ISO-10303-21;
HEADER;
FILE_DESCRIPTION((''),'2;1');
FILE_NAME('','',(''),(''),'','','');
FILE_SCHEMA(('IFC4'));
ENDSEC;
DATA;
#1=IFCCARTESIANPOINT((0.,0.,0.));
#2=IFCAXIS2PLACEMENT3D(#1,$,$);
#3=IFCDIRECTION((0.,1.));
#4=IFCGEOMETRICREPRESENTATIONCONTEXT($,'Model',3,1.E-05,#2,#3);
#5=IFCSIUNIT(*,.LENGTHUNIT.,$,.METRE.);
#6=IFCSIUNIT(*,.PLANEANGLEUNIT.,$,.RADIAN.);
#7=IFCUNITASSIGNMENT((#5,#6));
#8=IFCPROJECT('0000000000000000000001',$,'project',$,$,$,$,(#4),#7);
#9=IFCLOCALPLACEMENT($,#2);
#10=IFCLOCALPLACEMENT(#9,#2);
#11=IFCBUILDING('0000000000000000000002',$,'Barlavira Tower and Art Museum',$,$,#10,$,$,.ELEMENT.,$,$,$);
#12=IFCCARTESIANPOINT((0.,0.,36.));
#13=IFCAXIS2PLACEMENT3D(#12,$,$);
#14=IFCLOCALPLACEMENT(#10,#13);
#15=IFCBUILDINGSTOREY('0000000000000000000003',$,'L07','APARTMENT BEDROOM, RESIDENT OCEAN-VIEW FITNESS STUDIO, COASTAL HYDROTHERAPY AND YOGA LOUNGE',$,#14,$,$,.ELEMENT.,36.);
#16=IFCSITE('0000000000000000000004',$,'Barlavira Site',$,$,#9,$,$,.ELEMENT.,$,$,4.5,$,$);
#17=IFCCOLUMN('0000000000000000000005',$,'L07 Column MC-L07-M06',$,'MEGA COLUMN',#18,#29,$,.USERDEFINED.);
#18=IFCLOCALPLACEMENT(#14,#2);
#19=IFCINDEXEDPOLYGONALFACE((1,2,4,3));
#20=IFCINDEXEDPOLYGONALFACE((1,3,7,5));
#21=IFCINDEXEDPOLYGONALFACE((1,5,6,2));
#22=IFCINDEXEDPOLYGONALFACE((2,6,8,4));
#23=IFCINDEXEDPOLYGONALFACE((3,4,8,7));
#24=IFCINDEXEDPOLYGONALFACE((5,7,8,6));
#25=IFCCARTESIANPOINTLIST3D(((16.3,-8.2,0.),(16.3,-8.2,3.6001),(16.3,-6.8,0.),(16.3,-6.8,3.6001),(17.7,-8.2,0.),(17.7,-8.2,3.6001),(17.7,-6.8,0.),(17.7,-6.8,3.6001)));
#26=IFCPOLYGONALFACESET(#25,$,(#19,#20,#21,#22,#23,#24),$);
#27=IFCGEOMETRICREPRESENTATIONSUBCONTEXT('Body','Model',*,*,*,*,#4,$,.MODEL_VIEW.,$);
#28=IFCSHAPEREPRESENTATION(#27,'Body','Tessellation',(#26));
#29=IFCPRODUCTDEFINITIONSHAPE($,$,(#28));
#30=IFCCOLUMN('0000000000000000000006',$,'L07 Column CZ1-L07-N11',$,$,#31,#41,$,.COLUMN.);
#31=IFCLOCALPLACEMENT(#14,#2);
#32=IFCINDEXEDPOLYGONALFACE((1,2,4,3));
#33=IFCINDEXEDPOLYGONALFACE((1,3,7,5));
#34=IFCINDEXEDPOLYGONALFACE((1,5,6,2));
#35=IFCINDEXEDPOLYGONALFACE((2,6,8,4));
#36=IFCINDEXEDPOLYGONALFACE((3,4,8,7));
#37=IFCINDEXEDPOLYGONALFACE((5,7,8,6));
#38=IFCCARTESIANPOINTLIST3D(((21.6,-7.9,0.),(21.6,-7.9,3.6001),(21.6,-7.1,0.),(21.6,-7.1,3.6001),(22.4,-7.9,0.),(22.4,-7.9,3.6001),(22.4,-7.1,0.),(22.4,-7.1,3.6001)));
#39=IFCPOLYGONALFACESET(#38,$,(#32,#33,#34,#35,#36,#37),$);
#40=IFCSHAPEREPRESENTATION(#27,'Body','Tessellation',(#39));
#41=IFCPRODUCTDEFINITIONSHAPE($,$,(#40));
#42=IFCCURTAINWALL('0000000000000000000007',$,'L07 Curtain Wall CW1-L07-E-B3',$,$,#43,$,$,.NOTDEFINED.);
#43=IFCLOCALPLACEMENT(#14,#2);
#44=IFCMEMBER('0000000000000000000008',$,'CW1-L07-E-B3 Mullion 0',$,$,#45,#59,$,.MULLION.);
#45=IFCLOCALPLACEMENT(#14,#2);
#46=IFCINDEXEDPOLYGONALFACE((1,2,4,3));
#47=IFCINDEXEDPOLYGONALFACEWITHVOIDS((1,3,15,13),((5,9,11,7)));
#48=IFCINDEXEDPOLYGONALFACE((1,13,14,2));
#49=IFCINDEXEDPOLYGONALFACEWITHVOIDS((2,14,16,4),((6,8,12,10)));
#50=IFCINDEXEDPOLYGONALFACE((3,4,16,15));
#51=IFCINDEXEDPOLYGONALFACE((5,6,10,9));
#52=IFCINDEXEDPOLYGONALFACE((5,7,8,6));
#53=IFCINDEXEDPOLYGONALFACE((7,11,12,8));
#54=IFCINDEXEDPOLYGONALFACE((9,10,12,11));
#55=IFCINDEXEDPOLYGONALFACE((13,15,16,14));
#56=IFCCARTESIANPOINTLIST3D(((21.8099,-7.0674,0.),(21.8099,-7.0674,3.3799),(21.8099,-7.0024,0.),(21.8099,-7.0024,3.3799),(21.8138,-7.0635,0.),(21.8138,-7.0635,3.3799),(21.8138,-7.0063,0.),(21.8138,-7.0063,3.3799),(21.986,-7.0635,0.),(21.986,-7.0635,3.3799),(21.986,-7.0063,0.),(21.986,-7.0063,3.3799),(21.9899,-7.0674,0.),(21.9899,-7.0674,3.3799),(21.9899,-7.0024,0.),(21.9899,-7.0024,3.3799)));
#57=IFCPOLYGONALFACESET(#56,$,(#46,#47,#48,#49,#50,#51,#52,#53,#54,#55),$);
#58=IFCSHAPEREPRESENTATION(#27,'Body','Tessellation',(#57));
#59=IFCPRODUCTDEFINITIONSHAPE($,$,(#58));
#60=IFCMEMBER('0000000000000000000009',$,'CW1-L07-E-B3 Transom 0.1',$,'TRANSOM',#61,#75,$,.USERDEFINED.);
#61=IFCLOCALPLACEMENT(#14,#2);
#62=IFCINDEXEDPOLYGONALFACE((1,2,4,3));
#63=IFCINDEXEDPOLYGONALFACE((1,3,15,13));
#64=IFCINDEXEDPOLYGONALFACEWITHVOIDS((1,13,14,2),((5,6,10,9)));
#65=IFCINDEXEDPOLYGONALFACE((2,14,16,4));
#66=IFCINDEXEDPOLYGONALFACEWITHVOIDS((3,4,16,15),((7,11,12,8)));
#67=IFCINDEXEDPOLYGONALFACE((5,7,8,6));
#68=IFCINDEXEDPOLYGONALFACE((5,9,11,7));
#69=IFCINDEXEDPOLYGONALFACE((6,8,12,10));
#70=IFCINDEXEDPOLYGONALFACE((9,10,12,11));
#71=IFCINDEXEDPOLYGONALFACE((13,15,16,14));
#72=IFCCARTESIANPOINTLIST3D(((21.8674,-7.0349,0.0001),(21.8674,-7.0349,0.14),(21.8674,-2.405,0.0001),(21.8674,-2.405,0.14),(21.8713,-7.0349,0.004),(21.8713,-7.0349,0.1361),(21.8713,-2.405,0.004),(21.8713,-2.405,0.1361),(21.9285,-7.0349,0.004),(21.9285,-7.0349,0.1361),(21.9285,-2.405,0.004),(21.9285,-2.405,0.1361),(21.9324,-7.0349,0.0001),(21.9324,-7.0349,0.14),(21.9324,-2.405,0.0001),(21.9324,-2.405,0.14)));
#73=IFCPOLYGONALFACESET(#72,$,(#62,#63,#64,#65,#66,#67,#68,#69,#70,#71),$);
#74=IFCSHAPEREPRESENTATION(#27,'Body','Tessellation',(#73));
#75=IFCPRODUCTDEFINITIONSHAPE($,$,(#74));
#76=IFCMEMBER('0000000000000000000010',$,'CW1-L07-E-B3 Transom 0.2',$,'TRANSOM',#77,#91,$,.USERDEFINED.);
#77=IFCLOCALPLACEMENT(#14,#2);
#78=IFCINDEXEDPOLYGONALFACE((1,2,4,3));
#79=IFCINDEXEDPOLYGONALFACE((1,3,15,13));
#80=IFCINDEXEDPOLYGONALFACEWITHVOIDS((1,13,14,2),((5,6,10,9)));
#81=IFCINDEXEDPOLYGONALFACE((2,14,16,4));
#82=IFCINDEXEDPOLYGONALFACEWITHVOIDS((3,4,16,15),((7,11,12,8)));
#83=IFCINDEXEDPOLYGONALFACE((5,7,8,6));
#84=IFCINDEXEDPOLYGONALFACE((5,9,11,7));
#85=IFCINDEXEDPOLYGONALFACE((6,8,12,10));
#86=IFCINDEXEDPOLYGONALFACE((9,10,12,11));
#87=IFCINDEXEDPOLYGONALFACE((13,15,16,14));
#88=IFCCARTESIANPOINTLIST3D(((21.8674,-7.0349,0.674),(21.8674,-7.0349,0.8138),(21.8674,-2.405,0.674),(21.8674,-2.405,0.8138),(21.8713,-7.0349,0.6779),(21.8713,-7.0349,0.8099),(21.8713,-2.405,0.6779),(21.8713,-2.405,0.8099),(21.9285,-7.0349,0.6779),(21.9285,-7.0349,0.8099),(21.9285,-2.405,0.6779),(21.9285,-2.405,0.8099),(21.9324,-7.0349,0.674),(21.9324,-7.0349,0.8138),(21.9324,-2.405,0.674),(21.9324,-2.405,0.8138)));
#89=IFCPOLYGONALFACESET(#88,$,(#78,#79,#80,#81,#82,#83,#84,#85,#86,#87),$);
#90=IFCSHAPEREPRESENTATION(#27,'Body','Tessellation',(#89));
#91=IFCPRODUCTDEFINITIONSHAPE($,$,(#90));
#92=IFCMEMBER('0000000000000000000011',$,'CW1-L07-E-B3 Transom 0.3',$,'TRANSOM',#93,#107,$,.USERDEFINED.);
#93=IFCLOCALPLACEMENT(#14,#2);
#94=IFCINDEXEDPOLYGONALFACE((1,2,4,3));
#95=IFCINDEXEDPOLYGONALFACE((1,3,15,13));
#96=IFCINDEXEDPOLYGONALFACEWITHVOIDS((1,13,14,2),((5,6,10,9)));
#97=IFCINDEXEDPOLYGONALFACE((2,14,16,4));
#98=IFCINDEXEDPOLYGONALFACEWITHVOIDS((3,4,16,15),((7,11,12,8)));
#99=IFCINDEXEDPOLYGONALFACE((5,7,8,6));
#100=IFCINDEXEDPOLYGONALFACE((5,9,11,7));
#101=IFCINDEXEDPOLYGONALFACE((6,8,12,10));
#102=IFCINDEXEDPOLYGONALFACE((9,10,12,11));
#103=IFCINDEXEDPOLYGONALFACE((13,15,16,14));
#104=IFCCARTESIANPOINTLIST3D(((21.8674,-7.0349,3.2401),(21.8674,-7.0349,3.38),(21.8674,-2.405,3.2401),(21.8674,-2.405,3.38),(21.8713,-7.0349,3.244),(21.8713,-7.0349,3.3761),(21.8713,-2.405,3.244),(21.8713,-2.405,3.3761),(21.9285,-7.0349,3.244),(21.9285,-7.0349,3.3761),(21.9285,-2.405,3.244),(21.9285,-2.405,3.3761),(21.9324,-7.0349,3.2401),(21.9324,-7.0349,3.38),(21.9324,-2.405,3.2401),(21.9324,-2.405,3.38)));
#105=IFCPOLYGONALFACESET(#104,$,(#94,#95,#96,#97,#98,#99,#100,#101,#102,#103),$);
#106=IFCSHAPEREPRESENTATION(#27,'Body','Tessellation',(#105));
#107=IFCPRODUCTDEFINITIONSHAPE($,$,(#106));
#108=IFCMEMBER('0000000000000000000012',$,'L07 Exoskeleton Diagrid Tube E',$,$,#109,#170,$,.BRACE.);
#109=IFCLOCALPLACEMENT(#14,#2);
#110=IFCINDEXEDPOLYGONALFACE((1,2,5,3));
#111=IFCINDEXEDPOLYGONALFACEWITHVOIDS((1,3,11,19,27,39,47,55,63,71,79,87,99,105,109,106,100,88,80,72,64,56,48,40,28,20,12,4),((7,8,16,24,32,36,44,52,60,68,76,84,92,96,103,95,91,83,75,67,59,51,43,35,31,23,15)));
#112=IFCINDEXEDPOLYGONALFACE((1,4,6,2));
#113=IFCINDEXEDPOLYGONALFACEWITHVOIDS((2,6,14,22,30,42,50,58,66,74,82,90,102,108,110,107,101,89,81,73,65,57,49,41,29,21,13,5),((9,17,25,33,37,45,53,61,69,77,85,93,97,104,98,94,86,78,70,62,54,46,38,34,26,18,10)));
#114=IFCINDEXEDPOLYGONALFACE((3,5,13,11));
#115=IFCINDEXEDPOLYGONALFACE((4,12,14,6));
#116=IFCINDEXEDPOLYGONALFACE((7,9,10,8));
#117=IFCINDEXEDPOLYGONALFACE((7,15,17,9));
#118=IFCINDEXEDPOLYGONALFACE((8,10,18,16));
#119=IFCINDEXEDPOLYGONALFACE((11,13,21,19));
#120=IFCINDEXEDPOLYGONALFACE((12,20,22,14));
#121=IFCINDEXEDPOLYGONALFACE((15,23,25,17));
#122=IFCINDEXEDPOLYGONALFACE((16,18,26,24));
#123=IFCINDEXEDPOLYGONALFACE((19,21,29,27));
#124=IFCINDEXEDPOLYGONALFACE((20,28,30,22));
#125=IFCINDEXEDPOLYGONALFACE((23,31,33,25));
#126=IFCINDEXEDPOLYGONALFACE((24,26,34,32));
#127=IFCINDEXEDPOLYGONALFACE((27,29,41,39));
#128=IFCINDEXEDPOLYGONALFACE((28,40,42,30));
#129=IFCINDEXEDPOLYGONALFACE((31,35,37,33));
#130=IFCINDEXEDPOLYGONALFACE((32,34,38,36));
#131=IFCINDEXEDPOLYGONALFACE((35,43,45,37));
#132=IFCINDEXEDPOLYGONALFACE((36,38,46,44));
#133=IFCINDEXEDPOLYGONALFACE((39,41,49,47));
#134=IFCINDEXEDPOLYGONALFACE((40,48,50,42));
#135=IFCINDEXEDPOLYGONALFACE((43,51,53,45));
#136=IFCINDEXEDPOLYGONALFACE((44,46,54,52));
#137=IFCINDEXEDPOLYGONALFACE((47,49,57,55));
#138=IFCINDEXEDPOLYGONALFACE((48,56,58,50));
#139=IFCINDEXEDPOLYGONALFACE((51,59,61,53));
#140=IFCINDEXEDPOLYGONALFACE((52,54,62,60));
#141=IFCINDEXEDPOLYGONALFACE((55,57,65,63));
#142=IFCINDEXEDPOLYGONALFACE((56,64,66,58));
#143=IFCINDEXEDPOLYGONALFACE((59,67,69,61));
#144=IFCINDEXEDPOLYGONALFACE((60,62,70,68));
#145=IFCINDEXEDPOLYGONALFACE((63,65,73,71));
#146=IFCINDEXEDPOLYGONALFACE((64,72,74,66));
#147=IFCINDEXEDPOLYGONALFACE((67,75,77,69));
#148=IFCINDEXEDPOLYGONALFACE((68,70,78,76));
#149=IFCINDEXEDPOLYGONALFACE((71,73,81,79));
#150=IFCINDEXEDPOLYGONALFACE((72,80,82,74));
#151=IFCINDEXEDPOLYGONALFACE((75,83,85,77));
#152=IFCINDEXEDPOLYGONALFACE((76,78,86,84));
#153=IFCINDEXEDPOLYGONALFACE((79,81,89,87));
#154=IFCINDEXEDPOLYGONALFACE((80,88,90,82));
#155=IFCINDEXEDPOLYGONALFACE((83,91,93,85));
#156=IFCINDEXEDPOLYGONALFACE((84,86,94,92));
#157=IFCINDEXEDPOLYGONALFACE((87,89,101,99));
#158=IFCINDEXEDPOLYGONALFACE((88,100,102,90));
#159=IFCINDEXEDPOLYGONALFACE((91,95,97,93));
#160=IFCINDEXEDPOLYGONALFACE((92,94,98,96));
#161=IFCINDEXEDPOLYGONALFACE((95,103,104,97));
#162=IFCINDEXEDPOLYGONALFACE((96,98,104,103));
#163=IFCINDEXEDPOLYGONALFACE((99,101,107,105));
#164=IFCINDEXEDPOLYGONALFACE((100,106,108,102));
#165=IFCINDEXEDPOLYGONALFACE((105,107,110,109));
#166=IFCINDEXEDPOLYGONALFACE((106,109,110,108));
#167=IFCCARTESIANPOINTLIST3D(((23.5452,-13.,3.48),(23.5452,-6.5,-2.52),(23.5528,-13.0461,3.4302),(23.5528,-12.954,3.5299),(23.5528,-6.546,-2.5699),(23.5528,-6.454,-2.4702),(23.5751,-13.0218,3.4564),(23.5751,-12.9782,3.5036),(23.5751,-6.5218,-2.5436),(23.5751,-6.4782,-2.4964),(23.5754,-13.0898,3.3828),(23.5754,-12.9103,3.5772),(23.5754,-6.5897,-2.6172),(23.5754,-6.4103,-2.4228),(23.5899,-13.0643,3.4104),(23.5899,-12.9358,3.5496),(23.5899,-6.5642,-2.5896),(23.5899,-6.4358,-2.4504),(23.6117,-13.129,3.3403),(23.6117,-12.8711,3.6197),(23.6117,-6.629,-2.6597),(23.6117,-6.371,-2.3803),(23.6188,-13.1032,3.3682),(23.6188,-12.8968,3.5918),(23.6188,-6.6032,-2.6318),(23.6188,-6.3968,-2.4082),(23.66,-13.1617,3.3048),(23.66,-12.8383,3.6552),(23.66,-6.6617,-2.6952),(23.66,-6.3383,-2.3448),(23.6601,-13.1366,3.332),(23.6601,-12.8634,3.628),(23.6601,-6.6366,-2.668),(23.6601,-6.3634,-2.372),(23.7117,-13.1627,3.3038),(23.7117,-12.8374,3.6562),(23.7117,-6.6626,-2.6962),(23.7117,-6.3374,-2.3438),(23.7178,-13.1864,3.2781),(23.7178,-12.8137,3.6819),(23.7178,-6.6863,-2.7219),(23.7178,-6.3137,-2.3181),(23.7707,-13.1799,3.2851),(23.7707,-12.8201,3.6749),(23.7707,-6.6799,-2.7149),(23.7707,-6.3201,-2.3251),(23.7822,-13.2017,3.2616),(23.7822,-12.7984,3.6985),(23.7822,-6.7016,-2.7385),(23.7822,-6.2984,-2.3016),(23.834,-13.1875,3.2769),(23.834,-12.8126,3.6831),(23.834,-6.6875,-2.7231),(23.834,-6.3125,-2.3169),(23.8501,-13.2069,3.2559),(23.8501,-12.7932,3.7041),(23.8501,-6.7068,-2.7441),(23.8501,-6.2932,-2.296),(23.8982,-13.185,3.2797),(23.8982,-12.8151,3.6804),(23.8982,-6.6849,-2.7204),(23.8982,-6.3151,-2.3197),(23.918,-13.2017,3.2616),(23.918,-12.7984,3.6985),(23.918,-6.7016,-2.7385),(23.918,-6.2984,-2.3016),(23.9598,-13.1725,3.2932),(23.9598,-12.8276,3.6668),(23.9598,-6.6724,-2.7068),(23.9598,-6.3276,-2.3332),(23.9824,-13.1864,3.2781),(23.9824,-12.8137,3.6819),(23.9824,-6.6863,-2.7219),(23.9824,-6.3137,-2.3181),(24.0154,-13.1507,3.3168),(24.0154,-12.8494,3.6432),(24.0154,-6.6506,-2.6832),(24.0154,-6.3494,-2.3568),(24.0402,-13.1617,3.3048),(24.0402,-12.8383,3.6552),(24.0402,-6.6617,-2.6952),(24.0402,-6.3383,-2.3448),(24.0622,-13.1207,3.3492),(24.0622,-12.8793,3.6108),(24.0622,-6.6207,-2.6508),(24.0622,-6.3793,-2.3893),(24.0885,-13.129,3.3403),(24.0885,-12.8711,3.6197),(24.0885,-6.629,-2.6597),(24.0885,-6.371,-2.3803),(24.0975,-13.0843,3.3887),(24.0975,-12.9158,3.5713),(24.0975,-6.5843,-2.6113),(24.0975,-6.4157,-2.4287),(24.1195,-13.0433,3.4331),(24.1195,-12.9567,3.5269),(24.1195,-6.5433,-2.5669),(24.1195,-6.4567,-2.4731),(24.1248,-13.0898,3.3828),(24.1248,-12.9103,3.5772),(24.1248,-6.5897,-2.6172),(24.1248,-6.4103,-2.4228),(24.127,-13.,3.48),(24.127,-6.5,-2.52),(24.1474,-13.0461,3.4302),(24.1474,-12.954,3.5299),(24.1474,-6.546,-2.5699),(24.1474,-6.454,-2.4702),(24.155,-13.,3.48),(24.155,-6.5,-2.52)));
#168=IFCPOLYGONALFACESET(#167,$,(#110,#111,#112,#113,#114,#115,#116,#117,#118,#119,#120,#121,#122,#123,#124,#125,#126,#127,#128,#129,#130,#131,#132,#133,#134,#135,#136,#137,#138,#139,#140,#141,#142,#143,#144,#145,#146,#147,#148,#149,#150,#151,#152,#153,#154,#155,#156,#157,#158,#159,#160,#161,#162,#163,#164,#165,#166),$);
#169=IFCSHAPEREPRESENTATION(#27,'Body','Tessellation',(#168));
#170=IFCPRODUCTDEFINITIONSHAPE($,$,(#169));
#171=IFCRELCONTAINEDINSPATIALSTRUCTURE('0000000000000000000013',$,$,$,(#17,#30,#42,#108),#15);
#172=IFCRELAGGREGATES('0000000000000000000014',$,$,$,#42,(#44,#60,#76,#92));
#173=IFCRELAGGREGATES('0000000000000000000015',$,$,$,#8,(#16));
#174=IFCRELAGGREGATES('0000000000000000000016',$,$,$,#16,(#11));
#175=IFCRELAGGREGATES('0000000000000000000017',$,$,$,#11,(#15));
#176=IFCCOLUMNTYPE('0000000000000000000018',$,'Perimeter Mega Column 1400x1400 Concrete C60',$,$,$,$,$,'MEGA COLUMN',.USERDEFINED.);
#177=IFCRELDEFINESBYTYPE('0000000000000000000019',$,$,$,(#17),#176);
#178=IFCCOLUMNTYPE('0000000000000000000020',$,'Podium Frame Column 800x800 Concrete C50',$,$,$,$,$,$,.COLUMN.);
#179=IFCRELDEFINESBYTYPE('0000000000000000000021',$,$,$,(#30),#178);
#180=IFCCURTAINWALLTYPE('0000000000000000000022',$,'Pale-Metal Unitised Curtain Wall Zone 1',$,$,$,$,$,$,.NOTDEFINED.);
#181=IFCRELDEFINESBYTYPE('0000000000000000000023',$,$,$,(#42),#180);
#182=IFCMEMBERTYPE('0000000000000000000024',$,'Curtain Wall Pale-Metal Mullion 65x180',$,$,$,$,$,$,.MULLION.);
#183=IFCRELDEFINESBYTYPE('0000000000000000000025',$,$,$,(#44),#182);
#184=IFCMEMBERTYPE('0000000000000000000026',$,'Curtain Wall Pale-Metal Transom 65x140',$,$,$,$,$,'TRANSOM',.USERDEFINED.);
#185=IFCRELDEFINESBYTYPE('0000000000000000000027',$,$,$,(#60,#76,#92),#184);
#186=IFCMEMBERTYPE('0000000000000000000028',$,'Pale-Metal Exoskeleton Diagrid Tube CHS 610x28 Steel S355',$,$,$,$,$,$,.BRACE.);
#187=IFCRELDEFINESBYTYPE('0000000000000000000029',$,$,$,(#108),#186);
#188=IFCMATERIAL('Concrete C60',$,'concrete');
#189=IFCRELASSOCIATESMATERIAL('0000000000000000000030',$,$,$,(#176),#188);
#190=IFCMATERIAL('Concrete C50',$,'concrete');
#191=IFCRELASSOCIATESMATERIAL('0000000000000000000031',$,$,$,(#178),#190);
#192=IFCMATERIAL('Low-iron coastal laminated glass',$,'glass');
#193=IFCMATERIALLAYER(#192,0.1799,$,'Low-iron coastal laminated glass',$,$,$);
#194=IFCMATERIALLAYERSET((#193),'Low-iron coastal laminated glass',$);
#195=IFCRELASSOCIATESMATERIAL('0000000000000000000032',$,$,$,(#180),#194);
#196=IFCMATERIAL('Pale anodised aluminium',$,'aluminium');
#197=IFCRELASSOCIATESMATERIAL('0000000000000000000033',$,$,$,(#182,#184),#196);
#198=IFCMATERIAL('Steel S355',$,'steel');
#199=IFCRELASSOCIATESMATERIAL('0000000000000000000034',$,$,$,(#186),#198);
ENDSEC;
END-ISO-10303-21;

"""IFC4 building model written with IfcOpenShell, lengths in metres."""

from ifc_helpers import new_model, si_unit, direction, frame, origin, origin_2d, place, context, subcontext, project, spatial, rectangle, hollow_rectangle, hollow_circle, extrude, material, layer, layer_set, material_profile, profile_set, type_object, element, aggregate, save


model = new_model("IFC4")

# Units and contexts
model_context = context("Model", 3, precision=1e-05, world=origin(), true_north=direction((0.0, 1.0)))
body_context = subcontext(model_context, "Body", "Model", "MODEL_VIEW")
ifc_project = project(units=[si_unit("LENGTHUNIT", "METRE"), si_unit("PLANEANGLEUNIT", "RADIAN")], contexts=[model_context])

# Site, building, storey
site_placement = place(None, origin())
site = spatial("IfcSite", under=ifc_project, at=site_placement, Name="Barlavira Site", CompositionType="ELEMENT", RefElevation=4.5)
building_placement = place(site_placement, origin())
building = spatial("IfcBuilding", under=site, at=building_placement, Name="Barlavira Tower and Art Museum", CompositionType="ELEMENT")
storey_placement = place(building_placement, frame((0.0, 0.0, 36.0)))
storey = spatial("IfcBuildingStorey", under=building, at=storey_placement, Name="L07", Description="APARTMENT BEDROOM, RESIDENT OCEAN-VIEW FITNESS STUDIO, COASTAL HYDROTHERAPY AND YOGA LOUNGE", CompositionType="ELEMENT", Elevation=36.0)

# Columns
ifc_material_1 = material(Name="Concrete C60", Category="concrete")
ifc_material_profile_1 = material_profile(ifc_material_1, rectangle(XDim=1.3999, YDim=1.3999, at=origin_2d()), Name="RC-MCOL 1400x1400")
ifc_profile_set_1 = profile_set([ifc_material_profile_1], Name="Concrete C60")
column_type_1 = type_object("IfcColumnType", Name="Perimeter Mega Column 1400x1400 Concrete C60", ElementType="MEGA COLUMN", PredefinedType="USERDEFINED", material=ifc_profile_set_1)
column_1_placement = place(storey_placement, frame((17.0, -7.5, 0.0), z_axis=(0.0, 0.0, 1.0), x_axis=(1.0, 0.0, 0.0)))
element("IfcColumn", 1, at=column_1_placement, inside=storey, type_object=column_type_1, Name="L07 Column MC-L07-M06", ObjectType="MEGA COLUMN", PredefinedType="USERDEFINED", context=body_context, shape_type="SweptSolid", body=[
    extrude(rectangle(XDim=1.3999, YDim=1.3999, at=origin_2d()), origin(), (0.0, 0.0, 1.0), 3.6001),
])
ifc_material_2 = material(Name="Concrete C50", Category="concrete")
ifc_material_profile_2 = material_profile(ifc_material_2, rectangle(XDim=0.8, YDim=0.8, at=origin_2d()), Name="RC-COL 800x800")
ifc_profile_set_2 = profile_set([ifc_material_profile_2], Name="Concrete C50")
column_type_2 = type_object("IfcColumnType", Name="Podium Frame Column 800x800 Concrete C50", PredefinedType="COLUMN", material=ifc_profile_set_2)
column_2_placement = place(storey_placement, frame((22.0, -7.5, 0.0), z_axis=(0.0, 0.0, 1.0), x_axis=(1.0, 0.0, 0.0)))
element("IfcColumn", 2, at=column_2_placement, inside=storey, type_object=column_type_2, Name="L07 Column CZ1-L07-N11", PredefinedType="COLUMN", context=body_context, shape_type="SweptSolid", body=[
    extrude(rectangle(XDim=0.8, YDim=0.8, at=origin_2d()), origin(), (0.0, 0.0, 1.0), 3.6001),
])

# Curtain wall, members
ifc_material_3 = material(Name="Low-iron coastal laminated glass", Category="glass")
ifc_layer_1 = layer(ifc_material_3, 0.1799, Name="Low-iron coastal laminated glass")
ifc_layer_set_1 = layer_set([ifc_layer_1], Name="Low-iron coastal laminated glass")
curtain_wall_type = type_object("IfcCurtainWallType", Name="Pale-Metal Unitised Curtain Wall Zone 1", PredefinedType="NOTDEFINED", material=ifc_layer_set_1)
curtain_wall_placement = place(storey_placement, origin())
curtain_wall = element("IfcCurtainWall", 3, at=curtain_wall_placement, inside=storey, type_object=curtain_wall_type, Name="L07 Curtain Wall CW1-L07-E-B3", PredefinedType="NOTDEFINED")
ifc_material_4 = material(Name="Pale anodised aluminium", Category="aluminium")
ifc_material_profile_3 = material_profile(ifc_material_4, hollow_rectangle(XDim=0.0649, YDim=0.1799, WallThickness=0.0039, at=origin_2d()), Name="ALU-MULL 65x180x4")
ifc_profile_set_3 = profile_set([ifc_material_profile_3], Name="Pale anodised aluminium")
member_type_1 = type_object("IfcMemberType", Name="Curtain Wall Pale-Metal Mullion 65x180", PredefinedType="MULLION", material=ifc_profile_set_3)
member_1_placement = place(storey_placement, frame((21.8999, -7.0349, 0.0), z_axis=(0.0, 0.0, 1.0), x_axis=(0.0, 1.0, 0.0)))
member_1 = element("IfcMember", 4, at=member_1_placement, type_object=member_type_1, Name="CW1-L07-E-B3 Mullion 0", PredefinedType="MULLION", context=body_context, shape_type="SweptSolid", body=[
    extrude(hollow_rectangle(XDim=0.0649, YDim=0.1799, WallThickness=0.0039, at=origin_2d()), origin(), (0.0, 0.0, 1.0), 3.3799),
])
ifc_material_profile_4 = material_profile(ifc_material_4, hollow_rectangle(XDim=0.0649, YDim=0.1399, WallThickness=0.0039, at=origin_2d()), Name="ALU-TRAN 65x140x4")
ifc_profile_set_4 = profile_set([ifc_material_profile_4], Name="Pale anodised aluminium")
member_type_2 = type_object("IfcMemberType", Name="Curtain Wall Pale-Metal Transom 65x140", ElementType="TRANSOM", PredefinedType="USERDEFINED", material=ifc_profile_set_4)
member_2_placement = place(storey_placement, frame((21.8999, -7.0349, 0.0701), z_axis=(0.0, 1.0, 0.0), x_axis=(-1.0, 0.0, 0.0)))
member_2 = element("IfcMember", 5, at=member_2_placement, type_object=member_type_2, Name="CW1-L07-E-B3 Transom 0.1", ObjectType="TRANSOM", PredefinedType="USERDEFINED", context=body_context, shape_type="SweptSolid", body=[
    extrude(hollow_rectangle(XDim=0.0649, YDim=0.1399, WallThickness=0.0039, at=origin_2d()), origin(), (0.0, 0.0, 1.0), 4.6299),
])
member_3_placement = place(storey_placement, frame((21.8999, -7.0349, 0.7439), z_axis=(0.0, 1.0, 0.0), x_axis=(-1.0, 0.0, 0.0)))
member_3 = element("IfcMember", 6, at=member_3_placement, type_object=member_type_2, Name="CW1-L07-E-B3 Transom 0.2", ObjectType="TRANSOM", PredefinedType="USERDEFINED", context=body_context, shape_type="SweptSolid", body=[
    extrude(hollow_rectangle(XDim=0.0649, YDim=0.1399, WallThickness=0.0039, at=origin_2d()), origin(), (0.0, 0.0, 1.0), 4.6299),
])
member_4_placement = place(storey_placement, frame((21.8999, -7.0349, 3.3101), z_axis=(0.0, 1.0, 0.0), x_axis=(-1.0, 0.0, 0.0)))
member_4 = element("IfcMember", 7, at=member_4_placement, type_object=member_type_2, Name="CW1-L07-E-B3 Transom 0.3", ObjectType="TRANSOM", PredefinedType="USERDEFINED", context=body_context, shape_type="SweptSolid", body=[
    extrude(hollow_rectangle(XDim=0.0649, YDim=0.1399, WallThickness=0.0039, at=origin_2d()), origin(), (0.0, 0.0, 1.0), 4.6299),
])

# Member
ifc_material_5 = material(Name="Steel S355", Category="steel")
ifc_material_profile_5 = material_profile(ifc_material_5, hollow_circle(Radius=0.3049, WallThickness=0.0281, at=origin_2d()), Name="CHS 610.0x28.0")
ifc_profile_set_5 = profile_set([ifc_material_profile_5], Name="Steel S355")
member_type_3 = type_object("IfcMemberType", Name="Pale-Metal Exoskeleton Diagrid Tube CHS 610x28 Steel S355", PredefinedType="BRACE", material=ifc_profile_set_5)
for number, where, z_axis, x_axis, name in (
    (8, (23.8501, -6.5, -2.52), (0.0, -0.734803, 0.67828), (1.0, 0.0, 0.0), "L07 Exoskeleton Diagrid Tube E"),
):
    element("IfcMember", number, at=place(storey_placement, frame(where, z_axis=z_axis, x_axis=x_axis)), inside=storey, type_object=member_type_3, Name=name, PredefinedType="BRACE", context=body_context, shape_type="SweptSolid", body=[
        extrude(hollow_circle(Radius=0.3049, WallThickness=0.0281, at=origin_2d()), origin(), (0.0, 0.0, 1.0), 8.8459),
    ])

aggregate(curtain_wall, [member_1, member_2, member_3, member_4])

save(model, "model.ifc")
